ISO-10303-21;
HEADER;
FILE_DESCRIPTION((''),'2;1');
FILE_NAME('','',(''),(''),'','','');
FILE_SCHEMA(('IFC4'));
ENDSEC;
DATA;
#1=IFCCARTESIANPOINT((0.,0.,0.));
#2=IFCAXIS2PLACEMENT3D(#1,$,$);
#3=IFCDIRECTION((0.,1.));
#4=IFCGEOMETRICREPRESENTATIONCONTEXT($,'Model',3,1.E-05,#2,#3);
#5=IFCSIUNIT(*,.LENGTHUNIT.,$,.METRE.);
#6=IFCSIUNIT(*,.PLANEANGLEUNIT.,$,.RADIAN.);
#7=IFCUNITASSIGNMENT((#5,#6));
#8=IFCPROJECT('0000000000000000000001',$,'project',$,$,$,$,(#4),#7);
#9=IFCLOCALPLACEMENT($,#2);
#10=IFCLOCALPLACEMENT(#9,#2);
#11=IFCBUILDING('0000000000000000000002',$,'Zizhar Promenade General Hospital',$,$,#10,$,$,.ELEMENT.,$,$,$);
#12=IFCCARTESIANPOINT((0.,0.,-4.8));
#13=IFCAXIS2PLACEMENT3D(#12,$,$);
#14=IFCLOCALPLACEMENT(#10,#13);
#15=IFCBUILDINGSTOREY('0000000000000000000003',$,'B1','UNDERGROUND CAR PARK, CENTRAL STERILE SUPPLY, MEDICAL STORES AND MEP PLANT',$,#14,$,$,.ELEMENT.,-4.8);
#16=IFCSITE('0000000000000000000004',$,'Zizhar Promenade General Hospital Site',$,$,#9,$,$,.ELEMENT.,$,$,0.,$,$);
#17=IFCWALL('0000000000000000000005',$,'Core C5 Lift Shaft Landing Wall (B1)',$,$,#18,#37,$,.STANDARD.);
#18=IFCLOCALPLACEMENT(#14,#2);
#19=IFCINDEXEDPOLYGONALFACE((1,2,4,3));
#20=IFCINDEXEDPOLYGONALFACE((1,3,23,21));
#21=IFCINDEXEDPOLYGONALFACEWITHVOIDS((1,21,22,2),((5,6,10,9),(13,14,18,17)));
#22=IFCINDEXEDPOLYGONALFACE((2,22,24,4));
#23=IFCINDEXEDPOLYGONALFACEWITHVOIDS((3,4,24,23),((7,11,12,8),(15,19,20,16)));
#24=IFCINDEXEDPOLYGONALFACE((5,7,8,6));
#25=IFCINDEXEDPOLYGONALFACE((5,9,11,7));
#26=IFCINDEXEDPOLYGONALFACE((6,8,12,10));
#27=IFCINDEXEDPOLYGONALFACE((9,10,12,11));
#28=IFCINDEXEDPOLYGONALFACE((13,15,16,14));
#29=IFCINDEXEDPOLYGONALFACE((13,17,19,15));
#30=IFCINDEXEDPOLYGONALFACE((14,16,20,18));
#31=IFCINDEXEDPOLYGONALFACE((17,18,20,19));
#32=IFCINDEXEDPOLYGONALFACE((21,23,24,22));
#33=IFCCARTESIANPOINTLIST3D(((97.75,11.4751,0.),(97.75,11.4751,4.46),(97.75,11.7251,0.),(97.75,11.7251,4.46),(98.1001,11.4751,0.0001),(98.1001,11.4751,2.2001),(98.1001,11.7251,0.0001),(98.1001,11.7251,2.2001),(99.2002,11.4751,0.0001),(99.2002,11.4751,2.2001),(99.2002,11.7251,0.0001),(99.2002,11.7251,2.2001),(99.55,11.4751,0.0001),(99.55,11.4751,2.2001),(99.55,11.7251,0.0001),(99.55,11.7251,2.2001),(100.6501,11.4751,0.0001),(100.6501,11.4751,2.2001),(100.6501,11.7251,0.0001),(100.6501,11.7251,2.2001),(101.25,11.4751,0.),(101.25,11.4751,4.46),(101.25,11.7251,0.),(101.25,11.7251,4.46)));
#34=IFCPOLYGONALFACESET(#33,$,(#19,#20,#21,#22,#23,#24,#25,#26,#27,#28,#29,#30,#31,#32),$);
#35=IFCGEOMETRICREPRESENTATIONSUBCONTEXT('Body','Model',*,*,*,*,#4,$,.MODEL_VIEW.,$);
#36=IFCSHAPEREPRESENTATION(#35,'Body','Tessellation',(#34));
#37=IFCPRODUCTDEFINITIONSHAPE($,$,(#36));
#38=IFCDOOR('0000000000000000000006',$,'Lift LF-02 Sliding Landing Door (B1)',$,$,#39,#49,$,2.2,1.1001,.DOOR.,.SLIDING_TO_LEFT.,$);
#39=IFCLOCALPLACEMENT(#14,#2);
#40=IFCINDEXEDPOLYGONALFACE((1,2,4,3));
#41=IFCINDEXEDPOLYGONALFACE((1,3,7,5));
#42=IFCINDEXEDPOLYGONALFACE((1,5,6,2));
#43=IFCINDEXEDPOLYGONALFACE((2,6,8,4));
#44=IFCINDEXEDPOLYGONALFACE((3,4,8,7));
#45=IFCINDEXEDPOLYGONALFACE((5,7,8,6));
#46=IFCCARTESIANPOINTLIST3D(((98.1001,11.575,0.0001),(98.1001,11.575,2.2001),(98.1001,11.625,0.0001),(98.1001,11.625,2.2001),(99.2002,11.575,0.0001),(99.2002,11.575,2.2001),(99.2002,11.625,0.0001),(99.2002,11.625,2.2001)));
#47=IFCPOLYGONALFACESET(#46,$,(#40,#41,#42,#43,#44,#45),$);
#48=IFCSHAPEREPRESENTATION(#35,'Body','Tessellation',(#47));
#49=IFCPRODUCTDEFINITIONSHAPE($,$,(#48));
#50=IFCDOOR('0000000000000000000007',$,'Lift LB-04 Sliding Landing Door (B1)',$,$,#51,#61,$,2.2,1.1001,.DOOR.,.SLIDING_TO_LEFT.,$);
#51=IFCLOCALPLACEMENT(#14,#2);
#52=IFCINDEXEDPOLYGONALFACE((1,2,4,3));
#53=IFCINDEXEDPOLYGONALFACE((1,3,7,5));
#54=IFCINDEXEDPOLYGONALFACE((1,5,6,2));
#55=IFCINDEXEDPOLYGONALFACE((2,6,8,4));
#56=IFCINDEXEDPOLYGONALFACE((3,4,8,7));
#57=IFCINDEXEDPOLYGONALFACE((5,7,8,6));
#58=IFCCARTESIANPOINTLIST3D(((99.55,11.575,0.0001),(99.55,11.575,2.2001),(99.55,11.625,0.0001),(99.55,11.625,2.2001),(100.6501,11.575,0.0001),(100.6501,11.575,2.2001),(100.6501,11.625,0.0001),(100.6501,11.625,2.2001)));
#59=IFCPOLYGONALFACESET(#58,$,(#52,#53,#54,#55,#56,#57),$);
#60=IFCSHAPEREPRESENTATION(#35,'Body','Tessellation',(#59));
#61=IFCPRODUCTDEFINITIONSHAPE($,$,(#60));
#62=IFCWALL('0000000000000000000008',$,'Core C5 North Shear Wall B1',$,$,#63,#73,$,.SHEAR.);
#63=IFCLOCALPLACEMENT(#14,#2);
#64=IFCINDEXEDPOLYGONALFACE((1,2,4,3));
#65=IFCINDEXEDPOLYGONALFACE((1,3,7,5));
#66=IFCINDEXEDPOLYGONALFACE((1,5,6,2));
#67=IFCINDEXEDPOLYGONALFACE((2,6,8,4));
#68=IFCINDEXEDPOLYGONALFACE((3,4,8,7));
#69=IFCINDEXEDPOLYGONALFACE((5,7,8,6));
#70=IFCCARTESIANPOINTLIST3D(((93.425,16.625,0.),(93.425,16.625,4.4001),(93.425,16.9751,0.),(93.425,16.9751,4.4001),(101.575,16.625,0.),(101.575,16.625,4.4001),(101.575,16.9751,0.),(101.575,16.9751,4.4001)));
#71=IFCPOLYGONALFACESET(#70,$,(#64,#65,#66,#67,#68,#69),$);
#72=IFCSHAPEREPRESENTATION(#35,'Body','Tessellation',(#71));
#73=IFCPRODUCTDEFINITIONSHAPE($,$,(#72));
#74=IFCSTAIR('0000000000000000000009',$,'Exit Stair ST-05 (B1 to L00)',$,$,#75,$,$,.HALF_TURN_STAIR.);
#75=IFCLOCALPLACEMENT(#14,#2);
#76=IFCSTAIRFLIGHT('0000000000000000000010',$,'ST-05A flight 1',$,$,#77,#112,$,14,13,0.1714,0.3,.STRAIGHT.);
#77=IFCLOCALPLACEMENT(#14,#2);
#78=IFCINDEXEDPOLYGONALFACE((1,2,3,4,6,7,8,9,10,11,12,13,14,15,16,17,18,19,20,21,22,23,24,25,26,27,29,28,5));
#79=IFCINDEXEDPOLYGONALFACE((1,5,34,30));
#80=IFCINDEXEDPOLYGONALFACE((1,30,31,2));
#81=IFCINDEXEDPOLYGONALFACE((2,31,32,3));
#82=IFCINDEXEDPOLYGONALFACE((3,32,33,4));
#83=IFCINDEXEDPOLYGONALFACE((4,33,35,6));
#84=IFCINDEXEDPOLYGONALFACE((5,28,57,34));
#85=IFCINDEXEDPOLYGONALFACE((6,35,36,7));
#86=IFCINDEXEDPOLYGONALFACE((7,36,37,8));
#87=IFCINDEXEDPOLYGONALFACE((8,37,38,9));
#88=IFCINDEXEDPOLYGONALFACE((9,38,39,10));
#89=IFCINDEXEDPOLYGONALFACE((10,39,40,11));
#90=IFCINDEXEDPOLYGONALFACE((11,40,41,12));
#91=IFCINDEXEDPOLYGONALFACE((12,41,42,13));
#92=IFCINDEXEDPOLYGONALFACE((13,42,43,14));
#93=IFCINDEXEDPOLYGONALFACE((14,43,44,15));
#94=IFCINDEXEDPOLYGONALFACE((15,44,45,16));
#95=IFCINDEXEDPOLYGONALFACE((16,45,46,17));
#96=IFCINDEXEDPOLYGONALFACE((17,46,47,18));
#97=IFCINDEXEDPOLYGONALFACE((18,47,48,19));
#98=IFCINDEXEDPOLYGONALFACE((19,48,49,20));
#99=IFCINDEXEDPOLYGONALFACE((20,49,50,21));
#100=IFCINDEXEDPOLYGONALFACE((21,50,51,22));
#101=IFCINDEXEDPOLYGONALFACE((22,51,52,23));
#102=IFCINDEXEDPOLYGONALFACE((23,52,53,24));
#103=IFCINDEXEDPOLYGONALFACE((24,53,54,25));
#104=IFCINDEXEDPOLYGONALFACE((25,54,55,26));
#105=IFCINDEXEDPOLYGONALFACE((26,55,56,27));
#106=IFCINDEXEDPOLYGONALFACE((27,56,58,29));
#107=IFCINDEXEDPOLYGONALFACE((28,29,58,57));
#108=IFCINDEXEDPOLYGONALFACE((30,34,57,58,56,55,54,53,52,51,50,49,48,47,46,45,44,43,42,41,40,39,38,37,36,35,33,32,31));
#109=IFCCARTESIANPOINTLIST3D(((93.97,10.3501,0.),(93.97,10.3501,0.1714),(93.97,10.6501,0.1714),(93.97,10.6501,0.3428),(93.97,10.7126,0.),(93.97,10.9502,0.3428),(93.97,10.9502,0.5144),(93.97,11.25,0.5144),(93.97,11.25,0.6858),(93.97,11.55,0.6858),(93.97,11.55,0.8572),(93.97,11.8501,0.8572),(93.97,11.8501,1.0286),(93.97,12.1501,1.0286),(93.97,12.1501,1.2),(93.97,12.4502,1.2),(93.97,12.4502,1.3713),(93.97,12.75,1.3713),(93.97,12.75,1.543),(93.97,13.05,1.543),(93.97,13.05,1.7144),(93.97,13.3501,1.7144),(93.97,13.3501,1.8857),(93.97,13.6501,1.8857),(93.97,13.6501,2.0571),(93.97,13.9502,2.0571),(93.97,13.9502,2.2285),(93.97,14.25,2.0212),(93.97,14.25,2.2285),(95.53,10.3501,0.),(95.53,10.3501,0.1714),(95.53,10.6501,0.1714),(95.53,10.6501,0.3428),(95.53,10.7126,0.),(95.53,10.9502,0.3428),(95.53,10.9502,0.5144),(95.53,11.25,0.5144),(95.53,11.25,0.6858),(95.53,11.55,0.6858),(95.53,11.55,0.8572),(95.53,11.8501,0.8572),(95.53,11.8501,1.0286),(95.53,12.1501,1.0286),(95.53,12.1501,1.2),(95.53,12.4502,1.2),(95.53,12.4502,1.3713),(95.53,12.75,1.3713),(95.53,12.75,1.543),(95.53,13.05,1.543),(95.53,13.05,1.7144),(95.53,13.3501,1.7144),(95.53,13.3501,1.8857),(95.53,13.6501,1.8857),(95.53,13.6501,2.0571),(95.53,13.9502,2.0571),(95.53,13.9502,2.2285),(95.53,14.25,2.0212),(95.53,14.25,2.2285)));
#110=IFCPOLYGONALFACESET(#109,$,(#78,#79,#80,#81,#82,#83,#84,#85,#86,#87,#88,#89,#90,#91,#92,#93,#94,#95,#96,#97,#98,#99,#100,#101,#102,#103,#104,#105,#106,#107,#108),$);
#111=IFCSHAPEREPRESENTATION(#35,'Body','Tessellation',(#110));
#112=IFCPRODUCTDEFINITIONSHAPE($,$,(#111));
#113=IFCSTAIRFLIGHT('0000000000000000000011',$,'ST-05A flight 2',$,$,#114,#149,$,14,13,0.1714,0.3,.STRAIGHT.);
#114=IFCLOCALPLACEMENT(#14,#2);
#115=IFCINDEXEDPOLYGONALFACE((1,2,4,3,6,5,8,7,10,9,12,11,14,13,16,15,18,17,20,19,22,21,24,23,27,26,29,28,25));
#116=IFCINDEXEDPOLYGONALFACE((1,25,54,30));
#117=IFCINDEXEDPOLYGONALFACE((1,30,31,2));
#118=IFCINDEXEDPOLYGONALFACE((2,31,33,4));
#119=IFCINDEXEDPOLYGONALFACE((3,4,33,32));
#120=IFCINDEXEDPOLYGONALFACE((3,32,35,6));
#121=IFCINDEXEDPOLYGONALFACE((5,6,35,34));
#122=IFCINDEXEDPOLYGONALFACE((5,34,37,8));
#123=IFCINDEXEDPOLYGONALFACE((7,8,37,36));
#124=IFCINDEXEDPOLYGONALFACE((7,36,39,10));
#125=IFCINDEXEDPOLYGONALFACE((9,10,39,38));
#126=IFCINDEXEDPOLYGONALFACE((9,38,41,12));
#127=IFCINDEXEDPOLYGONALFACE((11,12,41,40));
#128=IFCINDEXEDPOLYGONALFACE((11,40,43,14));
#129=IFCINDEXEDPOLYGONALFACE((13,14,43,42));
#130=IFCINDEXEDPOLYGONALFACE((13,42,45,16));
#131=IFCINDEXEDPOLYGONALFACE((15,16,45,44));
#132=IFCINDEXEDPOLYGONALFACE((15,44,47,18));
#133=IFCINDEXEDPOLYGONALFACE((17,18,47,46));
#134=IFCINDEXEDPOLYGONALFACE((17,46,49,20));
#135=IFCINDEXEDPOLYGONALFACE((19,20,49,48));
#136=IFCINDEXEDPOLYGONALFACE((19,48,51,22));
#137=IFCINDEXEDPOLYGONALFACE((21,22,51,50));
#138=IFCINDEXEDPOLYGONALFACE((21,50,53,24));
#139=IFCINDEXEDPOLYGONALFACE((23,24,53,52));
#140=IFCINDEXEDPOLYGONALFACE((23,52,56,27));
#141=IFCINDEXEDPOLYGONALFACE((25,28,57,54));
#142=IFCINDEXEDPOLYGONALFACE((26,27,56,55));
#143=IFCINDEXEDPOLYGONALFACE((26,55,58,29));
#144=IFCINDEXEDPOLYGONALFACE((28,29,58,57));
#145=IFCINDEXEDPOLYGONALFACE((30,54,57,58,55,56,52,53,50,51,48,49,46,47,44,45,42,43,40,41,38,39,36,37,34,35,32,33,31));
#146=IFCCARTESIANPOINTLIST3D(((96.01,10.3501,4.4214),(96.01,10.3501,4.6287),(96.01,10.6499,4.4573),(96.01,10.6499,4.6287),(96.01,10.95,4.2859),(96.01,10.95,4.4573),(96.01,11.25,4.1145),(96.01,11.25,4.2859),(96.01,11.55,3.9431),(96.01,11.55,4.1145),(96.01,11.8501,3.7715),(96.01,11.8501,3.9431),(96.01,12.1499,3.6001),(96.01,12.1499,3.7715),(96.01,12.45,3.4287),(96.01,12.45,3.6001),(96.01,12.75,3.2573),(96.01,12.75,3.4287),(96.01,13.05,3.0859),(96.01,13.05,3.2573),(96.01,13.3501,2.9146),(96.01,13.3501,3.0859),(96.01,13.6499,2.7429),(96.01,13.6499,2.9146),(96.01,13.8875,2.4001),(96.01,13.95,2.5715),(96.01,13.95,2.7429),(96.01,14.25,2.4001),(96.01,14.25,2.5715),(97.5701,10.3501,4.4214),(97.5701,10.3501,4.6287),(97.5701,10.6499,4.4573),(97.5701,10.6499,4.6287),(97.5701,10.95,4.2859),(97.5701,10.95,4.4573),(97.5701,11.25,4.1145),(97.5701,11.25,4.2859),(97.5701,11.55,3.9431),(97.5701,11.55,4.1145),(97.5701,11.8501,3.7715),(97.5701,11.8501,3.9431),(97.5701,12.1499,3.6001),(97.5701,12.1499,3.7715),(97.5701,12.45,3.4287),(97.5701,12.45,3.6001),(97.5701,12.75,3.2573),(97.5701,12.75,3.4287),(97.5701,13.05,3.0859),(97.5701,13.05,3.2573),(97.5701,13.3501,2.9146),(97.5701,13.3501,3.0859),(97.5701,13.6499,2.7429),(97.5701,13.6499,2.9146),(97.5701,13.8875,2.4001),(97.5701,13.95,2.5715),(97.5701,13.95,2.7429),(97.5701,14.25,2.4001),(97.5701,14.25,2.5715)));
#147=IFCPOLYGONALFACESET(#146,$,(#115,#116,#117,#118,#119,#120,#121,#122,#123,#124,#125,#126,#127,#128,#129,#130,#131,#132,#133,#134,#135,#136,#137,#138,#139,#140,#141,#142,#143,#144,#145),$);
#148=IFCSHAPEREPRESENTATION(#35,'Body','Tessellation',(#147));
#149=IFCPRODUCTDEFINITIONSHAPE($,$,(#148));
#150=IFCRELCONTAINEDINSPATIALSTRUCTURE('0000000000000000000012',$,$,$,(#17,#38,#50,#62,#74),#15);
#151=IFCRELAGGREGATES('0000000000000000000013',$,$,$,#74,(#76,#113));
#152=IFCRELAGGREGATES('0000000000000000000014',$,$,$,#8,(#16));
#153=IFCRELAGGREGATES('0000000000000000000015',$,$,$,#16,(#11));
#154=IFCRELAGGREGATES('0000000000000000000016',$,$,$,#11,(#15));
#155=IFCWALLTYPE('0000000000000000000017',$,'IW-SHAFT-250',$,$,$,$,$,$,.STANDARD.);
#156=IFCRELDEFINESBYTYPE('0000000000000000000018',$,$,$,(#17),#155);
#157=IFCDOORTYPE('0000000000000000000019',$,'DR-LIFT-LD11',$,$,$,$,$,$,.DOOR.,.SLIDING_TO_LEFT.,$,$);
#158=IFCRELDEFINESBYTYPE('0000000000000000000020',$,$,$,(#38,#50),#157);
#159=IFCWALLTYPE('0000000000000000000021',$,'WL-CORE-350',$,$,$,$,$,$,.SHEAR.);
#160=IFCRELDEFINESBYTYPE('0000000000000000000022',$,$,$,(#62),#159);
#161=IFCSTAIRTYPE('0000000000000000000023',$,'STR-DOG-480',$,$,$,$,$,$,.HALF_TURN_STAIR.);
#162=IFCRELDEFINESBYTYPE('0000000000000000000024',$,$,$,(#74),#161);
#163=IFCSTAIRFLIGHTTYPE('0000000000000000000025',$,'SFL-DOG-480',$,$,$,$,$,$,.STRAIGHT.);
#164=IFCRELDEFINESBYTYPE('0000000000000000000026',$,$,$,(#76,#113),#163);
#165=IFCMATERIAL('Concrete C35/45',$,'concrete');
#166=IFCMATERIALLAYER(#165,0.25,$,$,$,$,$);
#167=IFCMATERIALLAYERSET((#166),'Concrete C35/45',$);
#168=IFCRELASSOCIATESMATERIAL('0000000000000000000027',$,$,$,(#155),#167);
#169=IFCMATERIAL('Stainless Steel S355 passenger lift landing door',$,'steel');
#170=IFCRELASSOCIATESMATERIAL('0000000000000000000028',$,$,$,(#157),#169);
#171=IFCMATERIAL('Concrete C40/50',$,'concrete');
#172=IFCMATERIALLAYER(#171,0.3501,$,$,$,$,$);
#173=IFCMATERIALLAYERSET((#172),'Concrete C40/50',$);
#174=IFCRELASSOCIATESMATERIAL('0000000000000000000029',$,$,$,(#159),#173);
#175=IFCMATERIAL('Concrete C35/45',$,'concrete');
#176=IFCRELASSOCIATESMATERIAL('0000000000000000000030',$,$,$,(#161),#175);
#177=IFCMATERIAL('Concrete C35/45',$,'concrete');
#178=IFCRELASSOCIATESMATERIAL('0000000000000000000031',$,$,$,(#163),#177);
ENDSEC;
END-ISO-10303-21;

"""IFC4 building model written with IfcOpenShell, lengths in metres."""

from ifc_helpers import new_model, si_unit, direction, frame, frame_2d, origin, place, context, subcontext, project, spatial, polyline, rectangle, outline, extrude, material, layer, layer_set, type_object, element, fill, aggregate, save


model = new_model("IFC4")

# Units and contexts
model_context = context("Model", 3, precision=1e-05, world=origin(), true_north=direction((0.0, 1.0)))
body_context = subcontext(model_context, "Body", "Model", "MODEL_VIEW")
ifc_project = project(units=[si_unit("LENGTHUNIT", "METRE"), si_unit("PLANEANGLEUNIT", "RADIAN")], contexts=[model_context])

# Site, building, storey
site_placement = place(None, origin())
site = spatial("IfcSite", under=ifc_project, at=site_placement, Name="Zizhar Promenade General Hospital Site", CompositionType="ELEMENT", RefElevation=0.0)
building_placement = place(site_placement, origin())
building = spatial("IfcBuilding", under=site, at=building_placement, Name="Zizhar Promenade General Hospital", CompositionType="ELEMENT")
storey_placement = place(building_placement, frame((0.0, 0.0, -4.8)))
storey = spatial("IfcBuildingStorey", under=building, at=storey_placement, Name="B1", Description="UNDERGROUND CAR PARK, CENTRAL STERILE SUPPLY, MEDICAL STORES AND MEP PLANT", CompositionType="ELEMENT", Elevation=-4.8)

# Wall, openings, doors
ifc_material_1 = material(Name="Concrete C35/45", Category="concrete")
ifc_layer_1 = layer(ifc_material_1, 0.25)
ifc_layer_set_1 = layer_set([ifc_layer_1], Name="Concrete C35/45")
wall_type_1 = type_object("IfcWallType", Name="IW-SHAFT-250", PredefinedType="STANDARD", material=ifc_layer_set_1)
wall_1_placement = place(storey_placement, frame((97.75, 11.6001, 0.0), z_axis=(0.0, 0.0, 1.0), x_axis=(1.0, 0.0, 0.0)))
wall_1 = element("IfcWall", 1, at=wall_1_placement, inside=storey, type_object=wall_type_1, Name="Core C5 Lift Shaft Landing Wall (B1)", PredefinedType="STANDARD", context=body_context, shape_type="SweptSolid", body=[
    extrude(rectangle(XDim=3.5, YDim=0.25, at=frame_2d((1.75, 0.0))), origin(), (0.0, 0.0, 1.0), 4.46),
])
opening_1_placement = place(wall_1_placement, frame((0.3501, 0.0, 0.0)))
opening_1 = element("IfcOpeningElement", 2, at=opening_1_placement, cuts=wall_1, PredefinedType="OPENING", context=body_context, shape_type="SweptSolid", body=[
    extrude(rectangle(XDim=1.1001, YDim=2.2, at=frame_2d((0.55, 1.1001))), frame((0.0, 0.135, 0.0), z_axis=(0.0, -1.0, 0.0), x_axis=(1.0, 0.0, 0.0)), (0.0, 0.0, 1.0), 0.27),
])
opening_2_placement = place(wall_1_placement, frame((1.8, 0.0, 0.0)))
opening_2 = element("IfcOpeningElement", 3, at=opening_2_placement, cuts=wall_1, PredefinedType="OPENING", context=body_context, shape_type="SweptSolid", body=[
    extrude(rectangle(XDim=1.1001, YDim=2.2, at=frame_2d((0.55, 1.1001))), frame((0.0, 0.135, 0.0), z_axis=(0.0, -1.0, 0.0), x_axis=(1.0, 0.0, 0.0)), (0.0, 0.0, 1.0), 0.27),
])
ifc_material_2 = material(Name="Stainless Steel S355 passenger lift landing door", Category="steel")
door_type = type_object("IfcDoorType", Name="DR-LIFT-LD11", OperationType="SLIDING_TO_LEFT", PredefinedType="DOOR", material=ifc_material_2)
door_1_placement = place(opening_1_placement, origin())
door_1 = element("IfcDoor", 4, at=door_1_placement, inside=storey, type_object=door_type, Name="Lift LF-02 Sliding Landing Door (B1)", OperationType="SLIDING_TO_LEFT", OverallHeight=2.2, OverallWidth=1.1001, PredefinedType="DOOR", context=body_context, shape_type="SweptSolid", body=[
    extrude(rectangle(XDim=1.1001, YDim=2.2, at=frame_2d((0.55, 1.1001))), frame((0.0, 0.0249, 0.0), z_axis=(0.0, -1.0, 0.0), x_axis=(1.0, 0.0, 0.0)), (0.0, 0.0, 1.0), 0.05),
])
fill(opening_1, door_1)
door_2_placement = place(opening_2_placement, origin())
door_2 = element("IfcDoor", 5, at=door_2_placement, inside=storey, type_object=door_type, Name="Lift LB-04 Sliding Landing Door (B1)", OperationType="SLIDING_TO_LEFT", OverallHeight=2.2, OverallWidth=1.1001, PredefinedType="DOOR", context=body_context, shape_type="SweptSolid", body=[
    extrude(rectangle(XDim=1.1001, YDim=2.2, at=frame_2d((0.55, 1.1001))), frame((0.0, 0.0249, 0.0), z_axis=(0.0, -1.0, 0.0), x_axis=(1.0, 0.0, 0.0)), (0.0, 0.0, 1.0), 0.05),
])
fill(opening_2, door_2)

# Wall
ifc_material_3 = material(Name="Concrete C40/50", Category="concrete")
ifc_layer_2 = layer(ifc_material_3, 0.3501)
ifc_layer_set_2 = layer_set([ifc_layer_2], Name="Concrete C40/50")
wall_type_2 = type_object("IfcWallType", Name="WL-CORE-350", PredefinedType="SHEAR", material=ifc_layer_set_2)
wall_2_placement = place(storey_placement, frame((93.425, 16.8, 0.0), z_axis=(0.0, 0.0, 1.0), x_axis=(1.0, 0.0, 0.0)))
element("IfcWall", 6, at=wall_2_placement, inside=storey, type_object=wall_type_2, Name="Core C5 North Shear Wall B1", PredefinedType="SHEAR", context=body_context, shape_type="SweptSolid", body=[
    extrude(rectangle(XDim=8.1499, YDim=0.3501, at=frame_2d((4.075, 0.0))), origin(), (0.0, 0.0, 1.0), 4.4001),
])

# Stair, stair flights
ifc_material_4 = material(Name="Concrete C35/45", Category="concrete")
stair_type = type_object("IfcStairType", Name="STR-DOG-480", PredefinedType="HALF_TURN_STAIR", material=ifc_material_4)
stair_placement = place(storey_placement, origin())
stair = element("IfcStair", 7, at=stair_placement, inside=storey, type_object=stair_type, Name="Exit Stair ST-05 (B1 to L00)", PredefinedType="HALF_TURN_STAIR")
ifc_material_5 = material(Name="Concrete C35/45", Category="concrete")
stair_flight_type = type_object("IfcStairFlightType", Name="SFL-DOG-480", PredefinedType="STRAIGHT", material=ifc_material_5)
stair_flight_1_placement = place(storey_placement, frame((94.75, 10.3501, 0.0), z_axis=(0.0, 0.0, 1.0), x_axis=(0.0, 1.0, 0.0)))
stair_flight_1 = element("IfcStairFlight", 8, at=stair_flight_1_placement, type_object=stair_flight_type, Name="ST-05A flight 1", NumberOfRisers=14, NumberOfTreads=13, PredefinedType="STRAIGHT", RiserHeight=0.1714, TreadLength=0.3, context=body_context, shape_type="SweptSolid", body=[
    extrude(outline(polyline([(0.0, 0.0), (0.0, 0.1714), (0.3, 0.1714), (0.3, 0.3428), (0.6001, 0.3428), (0.6001, 0.5144), (0.8999, 0.5144), (0.8999, 0.6858), (1.2, 0.6858), (1.2, 0.8572), (1.5, 0.8572), (1.5, 1.0286), (1.8, 1.0286), (1.8, 1.2), (2.1001, 1.2), (2.1001, 1.3713), (2.3999, 1.3713), (2.3999, 1.543), (2.7, 1.543), (2.7, 1.7144), (3.0, 1.7144), (3.0, 1.8857), (3.3, 1.8857), (3.3, 2.0571), (3.6001, 2.0571), (3.6001, 2.2285), (3.8999, 2.2285), (3.8999, 2.3999), (3.8999, 2.0212), (0.3625, 0.0), (0.0, 0.0)])), frame((0.0, 0.78, 0.0), z_axis=(0.0, -1.0, 0.0), x_axis=(1.0, 0.0, 0.0)), (0.0, 0.0, 1.0), 1.5601),
])
stair_flight_2_placement = place(storey_placement, frame((96.79, 14.25, 2.4001), z_axis=(0.0, 0.0, 1.0), x_axis=(0.0, -1.0, 0.0)))
stair_flight_2 = element("IfcStairFlight", 9, at=stair_flight_2_placement, type_object=stair_flight_type, Name="ST-05A flight 2", NumberOfRisers=14, NumberOfTreads=13, PredefinedType="STRAIGHT", RiserHeight=0.1714, TreadLength=0.3, context=body_context, shape_type="SweptSolid", body=[
    extrude(outline(polyline([(0.0, 0.0), (0.0, 0.1714), (0.3, 0.1714), (0.3, 0.3428), (0.6001, 0.3428), (0.6001, 0.5144), (0.8999, 0.5144), (0.8999, 0.6858), (1.2, 0.6858), (1.2, 0.8572), (1.5, 0.8572), (1.5, 1.0286), (1.8, 1.0286), (1.8, 1.2), (2.1001, 1.2), (2.1001, 1.3713), (2.3999, 1.3713), (2.3999, 1.543), (2.7, 1.543), (2.7, 1.7144), (3.0, 1.7144), (3.0, 1.8857), (3.3, 1.8857), (3.3, 2.0571), (3.6001, 2.0571), (3.6001, 2.2285), (3.8999, 2.2285), (3.8999, 2.3999), (3.8999, 2.0212), (0.3625, 0.0), (0.0, 0.0)])), frame((0.0, 0.78, 0.0), z_axis=(0.0, -1.0, 0.0), x_axis=(1.0, 0.0, 0.0)), (0.0, 0.0, 1.0), 1.5601),
])
aggregate(stair, [stair_flight_1, stair_flight_2])

save(model, "model.ifc")
